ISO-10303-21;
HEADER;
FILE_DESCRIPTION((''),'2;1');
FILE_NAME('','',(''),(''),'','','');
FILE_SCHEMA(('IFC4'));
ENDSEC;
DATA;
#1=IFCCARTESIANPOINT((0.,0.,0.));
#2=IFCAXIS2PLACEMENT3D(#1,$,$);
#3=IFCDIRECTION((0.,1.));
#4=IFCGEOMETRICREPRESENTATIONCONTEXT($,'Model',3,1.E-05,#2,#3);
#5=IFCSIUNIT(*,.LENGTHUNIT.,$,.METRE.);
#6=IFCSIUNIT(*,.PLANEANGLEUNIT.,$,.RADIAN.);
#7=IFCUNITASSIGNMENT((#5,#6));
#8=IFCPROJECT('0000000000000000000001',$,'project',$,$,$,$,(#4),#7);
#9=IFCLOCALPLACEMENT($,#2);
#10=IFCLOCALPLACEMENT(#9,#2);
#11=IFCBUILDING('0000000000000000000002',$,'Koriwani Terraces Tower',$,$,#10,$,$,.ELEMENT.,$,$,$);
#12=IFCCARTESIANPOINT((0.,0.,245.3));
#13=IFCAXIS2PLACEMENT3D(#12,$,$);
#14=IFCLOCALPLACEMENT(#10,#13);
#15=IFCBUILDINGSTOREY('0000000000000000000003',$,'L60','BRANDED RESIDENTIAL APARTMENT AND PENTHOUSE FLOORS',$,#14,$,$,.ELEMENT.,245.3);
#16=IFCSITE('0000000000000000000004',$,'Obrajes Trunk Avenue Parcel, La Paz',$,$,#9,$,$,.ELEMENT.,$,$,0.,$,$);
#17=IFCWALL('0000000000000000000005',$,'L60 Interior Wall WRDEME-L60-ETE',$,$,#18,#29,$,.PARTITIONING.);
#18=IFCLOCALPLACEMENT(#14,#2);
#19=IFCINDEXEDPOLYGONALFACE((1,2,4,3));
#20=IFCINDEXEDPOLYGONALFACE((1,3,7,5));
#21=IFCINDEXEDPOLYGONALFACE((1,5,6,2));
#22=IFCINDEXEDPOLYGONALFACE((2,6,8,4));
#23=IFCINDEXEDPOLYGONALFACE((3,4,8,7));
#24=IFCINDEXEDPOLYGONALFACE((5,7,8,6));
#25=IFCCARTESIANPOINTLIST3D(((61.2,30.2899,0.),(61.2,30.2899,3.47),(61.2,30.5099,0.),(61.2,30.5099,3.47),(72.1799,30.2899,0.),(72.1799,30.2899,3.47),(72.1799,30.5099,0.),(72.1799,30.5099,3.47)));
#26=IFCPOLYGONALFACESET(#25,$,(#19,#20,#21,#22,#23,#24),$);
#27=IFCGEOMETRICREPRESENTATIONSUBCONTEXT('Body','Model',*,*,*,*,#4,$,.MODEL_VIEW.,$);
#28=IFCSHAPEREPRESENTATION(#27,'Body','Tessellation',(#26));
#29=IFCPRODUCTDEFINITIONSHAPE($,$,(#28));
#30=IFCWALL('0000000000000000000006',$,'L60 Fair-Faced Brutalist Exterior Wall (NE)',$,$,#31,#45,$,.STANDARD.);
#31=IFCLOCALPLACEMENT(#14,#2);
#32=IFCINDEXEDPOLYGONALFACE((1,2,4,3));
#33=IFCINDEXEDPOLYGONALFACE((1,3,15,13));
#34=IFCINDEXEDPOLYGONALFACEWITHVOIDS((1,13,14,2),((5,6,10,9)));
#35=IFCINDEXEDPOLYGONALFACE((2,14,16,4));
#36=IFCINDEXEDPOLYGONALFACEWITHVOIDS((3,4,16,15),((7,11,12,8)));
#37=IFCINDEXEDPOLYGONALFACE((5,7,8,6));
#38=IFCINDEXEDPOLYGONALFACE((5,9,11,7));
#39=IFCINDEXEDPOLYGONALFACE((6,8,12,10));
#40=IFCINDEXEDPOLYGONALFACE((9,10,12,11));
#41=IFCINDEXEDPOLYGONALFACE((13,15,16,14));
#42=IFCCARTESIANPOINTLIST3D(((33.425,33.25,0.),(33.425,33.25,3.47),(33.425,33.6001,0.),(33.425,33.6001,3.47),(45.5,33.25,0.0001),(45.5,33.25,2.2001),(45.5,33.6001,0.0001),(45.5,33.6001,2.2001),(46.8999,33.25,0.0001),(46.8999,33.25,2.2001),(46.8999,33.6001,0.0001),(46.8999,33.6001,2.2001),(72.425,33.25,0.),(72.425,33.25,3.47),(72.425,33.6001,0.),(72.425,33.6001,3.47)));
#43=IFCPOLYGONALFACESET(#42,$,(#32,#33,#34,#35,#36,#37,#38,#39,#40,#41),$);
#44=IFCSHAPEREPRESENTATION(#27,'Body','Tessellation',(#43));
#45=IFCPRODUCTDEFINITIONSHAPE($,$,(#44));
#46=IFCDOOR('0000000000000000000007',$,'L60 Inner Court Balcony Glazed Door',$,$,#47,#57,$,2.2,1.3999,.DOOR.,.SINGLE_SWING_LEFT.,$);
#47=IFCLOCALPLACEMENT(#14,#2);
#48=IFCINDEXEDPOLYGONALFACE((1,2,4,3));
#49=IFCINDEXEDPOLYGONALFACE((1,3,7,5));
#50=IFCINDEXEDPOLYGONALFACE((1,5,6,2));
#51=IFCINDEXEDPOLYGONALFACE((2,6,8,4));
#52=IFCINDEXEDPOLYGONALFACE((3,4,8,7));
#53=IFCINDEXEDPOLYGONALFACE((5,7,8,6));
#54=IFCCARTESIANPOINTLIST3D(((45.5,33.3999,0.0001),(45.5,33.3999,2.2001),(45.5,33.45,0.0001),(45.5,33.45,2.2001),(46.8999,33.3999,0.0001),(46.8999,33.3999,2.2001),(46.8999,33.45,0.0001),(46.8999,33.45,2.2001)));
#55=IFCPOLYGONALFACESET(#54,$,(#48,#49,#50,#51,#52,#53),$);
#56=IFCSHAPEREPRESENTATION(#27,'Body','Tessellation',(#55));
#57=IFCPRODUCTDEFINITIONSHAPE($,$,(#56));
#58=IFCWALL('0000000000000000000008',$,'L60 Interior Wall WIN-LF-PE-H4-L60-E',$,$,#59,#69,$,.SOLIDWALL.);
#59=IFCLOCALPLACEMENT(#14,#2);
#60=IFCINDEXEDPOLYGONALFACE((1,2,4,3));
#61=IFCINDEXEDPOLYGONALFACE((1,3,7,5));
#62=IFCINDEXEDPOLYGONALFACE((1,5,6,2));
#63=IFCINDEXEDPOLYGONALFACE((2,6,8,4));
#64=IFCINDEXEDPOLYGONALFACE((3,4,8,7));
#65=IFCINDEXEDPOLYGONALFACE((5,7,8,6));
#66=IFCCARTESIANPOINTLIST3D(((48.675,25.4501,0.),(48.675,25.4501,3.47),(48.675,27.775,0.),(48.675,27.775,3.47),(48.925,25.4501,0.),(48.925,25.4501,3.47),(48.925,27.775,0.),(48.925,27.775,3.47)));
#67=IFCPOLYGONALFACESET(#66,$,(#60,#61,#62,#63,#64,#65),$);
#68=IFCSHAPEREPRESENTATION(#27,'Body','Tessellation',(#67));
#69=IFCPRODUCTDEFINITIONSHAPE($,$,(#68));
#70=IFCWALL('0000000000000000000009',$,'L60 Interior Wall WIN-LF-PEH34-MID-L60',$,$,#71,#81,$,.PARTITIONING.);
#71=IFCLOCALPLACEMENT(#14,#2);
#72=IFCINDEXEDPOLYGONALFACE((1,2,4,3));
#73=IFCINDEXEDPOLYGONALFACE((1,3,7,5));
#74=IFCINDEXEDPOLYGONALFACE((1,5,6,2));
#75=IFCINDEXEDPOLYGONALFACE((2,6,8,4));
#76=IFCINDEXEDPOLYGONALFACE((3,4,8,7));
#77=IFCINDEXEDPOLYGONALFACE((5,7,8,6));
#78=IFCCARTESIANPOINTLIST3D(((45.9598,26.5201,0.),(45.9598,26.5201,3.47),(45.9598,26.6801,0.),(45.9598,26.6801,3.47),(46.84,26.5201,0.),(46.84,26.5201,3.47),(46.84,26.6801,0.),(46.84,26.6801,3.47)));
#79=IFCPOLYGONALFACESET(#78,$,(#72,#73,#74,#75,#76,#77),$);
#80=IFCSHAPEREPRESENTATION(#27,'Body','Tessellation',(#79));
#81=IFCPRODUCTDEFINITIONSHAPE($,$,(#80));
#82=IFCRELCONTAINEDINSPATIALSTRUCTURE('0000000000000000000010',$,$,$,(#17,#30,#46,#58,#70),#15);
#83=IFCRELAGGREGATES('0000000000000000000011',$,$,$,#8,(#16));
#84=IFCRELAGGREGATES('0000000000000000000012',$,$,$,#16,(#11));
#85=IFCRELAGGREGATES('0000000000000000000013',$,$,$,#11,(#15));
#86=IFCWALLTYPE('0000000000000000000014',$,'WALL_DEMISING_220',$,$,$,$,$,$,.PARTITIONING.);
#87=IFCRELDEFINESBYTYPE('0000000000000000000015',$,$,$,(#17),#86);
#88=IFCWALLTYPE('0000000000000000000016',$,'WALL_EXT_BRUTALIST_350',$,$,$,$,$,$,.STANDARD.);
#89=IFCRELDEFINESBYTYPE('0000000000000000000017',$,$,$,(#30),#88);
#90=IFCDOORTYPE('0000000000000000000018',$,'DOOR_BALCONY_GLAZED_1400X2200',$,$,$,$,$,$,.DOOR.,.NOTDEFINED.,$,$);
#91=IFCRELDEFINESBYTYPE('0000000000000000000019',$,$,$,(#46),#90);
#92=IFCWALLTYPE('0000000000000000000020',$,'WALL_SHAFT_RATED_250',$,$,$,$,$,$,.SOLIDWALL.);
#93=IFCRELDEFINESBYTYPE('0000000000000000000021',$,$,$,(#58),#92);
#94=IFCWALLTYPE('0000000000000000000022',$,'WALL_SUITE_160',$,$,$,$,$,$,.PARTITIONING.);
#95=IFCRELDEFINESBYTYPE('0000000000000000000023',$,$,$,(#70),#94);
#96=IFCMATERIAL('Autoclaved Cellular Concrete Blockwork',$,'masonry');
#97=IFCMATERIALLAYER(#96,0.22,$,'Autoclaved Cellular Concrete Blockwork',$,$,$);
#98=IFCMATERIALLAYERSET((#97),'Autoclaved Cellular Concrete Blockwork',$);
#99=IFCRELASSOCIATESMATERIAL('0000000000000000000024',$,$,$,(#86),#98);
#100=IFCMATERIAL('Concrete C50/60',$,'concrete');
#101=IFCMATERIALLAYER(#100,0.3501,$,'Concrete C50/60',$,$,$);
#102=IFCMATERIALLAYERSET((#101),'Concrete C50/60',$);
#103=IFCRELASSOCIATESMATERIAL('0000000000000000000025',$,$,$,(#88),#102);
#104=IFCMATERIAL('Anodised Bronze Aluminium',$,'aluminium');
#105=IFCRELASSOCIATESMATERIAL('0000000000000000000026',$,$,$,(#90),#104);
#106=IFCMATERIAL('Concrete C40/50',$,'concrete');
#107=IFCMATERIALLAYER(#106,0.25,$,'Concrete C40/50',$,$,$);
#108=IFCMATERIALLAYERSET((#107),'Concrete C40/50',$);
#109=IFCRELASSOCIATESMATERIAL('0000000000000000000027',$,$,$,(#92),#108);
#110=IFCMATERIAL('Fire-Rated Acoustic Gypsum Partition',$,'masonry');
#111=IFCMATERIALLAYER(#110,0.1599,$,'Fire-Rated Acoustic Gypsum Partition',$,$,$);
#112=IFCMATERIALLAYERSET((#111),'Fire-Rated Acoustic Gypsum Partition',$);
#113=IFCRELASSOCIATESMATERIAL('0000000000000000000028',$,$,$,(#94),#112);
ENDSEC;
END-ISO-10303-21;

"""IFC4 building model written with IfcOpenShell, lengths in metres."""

from ifc_helpers import new_model, si_unit, direction, frame, frame_2d, origin, place, context, subcontext, project, spatial, rectangle, extrude, material, layer, layer_set, type_object, element, fill, save


model = new_model("IFC4")

# Units and contexts
model_context = context("Model", 3, precision=1e-05, world=origin(), true_north=direction((0.0, 1.0)))
body_context = subcontext(model_context, "Body", "Model", "MODEL_VIEW")
ifc_project = project(units=[si_unit("LENGTHUNIT", "METRE"), si_unit("PLANEANGLEUNIT", "RADIAN")], contexts=[model_context])

# Site, building, storey
site_placement = place(None, origin())
site = spatial("IfcSite", under=ifc_project, at=site_placement, Name="Obrajes Trunk Avenue Parcel, La Paz", CompositionType="ELEMENT", RefElevation=0.0)
building_placement = place(site_placement, origin())
building = spatial("IfcBuilding", under=site, at=building_placement, Name="Koriwani Terraces Tower", CompositionType="ELEMENT")
storey_placement = place(building_placement, frame((0.0, 0.0, 245.3)))
storey = spatial("IfcBuildingStorey", under=building, at=storey_placement, Name="L60", Description="BRANDED RESIDENTIAL APARTMENT AND PENTHOUSE FLOORS", CompositionType="ELEMENT", Elevation=245.3)

# Shared definitions
ifc_material_1 = material(Name="Concrete C50/60", Category="concrete")

# Shared definitions
ifc_material_2 = material(Name="Concrete C40/50", Category="concrete")

# Wall
ifc_material_3 = material(Name="Autoclaved Cellular Concrete Blockwork", Category="masonry")
ifc_layer_1 = layer(ifc_material_3, 0.22, Name="Autoclaved Cellular Concrete Blockwork")
ifc_layer_set_1 = layer_set([ifc_layer_1], Name="Autoclaved Cellular Concrete Blockwork")
wall_type_1 = type_object("IfcWallType", Name="WALL_DEMISING_220", PredefinedType="PARTITIONING", material=ifc_layer_set_1)
wall_1_placement = place(storey_placement, frame((61.2, 30.3999, 0.0), z_axis=(0.0, 0.0, 1.0), x_axis=(1.0, 0.0, 0.0)))
element("IfcWall", 1, at=wall_1_placement, inside=storey, type_object=wall_type_1, Name="L60 Interior Wall WRDEME-L60-ETE", PredefinedType="PARTITIONING", context=body_context, shape_type="SweptSolid", body=[
    extrude(rectangle(XDim=10.98, YDim=0.22, at=frame_2d((5.49, 0.0))), origin(), (0.0, 0.0, 1.0), 3.47),
])

# Wall, opening, door
ifc_layer_2 = layer(ifc_material_1, 0.3501, Name="Concrete C50/60")
ifc_layer_set_2 = layer_set([ifc_layer_2], Name="Concrete C50/60")
wall_type_2 = type_object("IfcWallType", Name="WALL_EXT_BRUTALIST_350", PredefinedType="STANDARD", material=ifc_layer_set_2)
wall_2_placement = place(storey_placement, frame((33.425, 33.425, 0.0), z_axis=(0.0, 0.0, 1.0), x_axis=(1.0, 0.0, 0.0)))
wall_2 = element("IfcWall", 2, at=wall_2_placement, inside=storey, type_object=wall_type_2, Name="L60 Fair-Faced Brutalist Exterior Wall (NE)", PredefinedType="STANDARD", context=body_context, shape_type="SweptSolid", body=[
    extrude(rectangle(XDim=39.0, YDim=0.3501, at=frame_2d((19.5, 0.0))), origin(), (0.0, 0.0, 1.0), 3.47),
])
opening_1_placement = place(wall_2_placement, frame((12.075, 0.0, 0.0)))
opening_1 = element("IfcOpeningElement", 3, at=opening_1_placement, cuts=wall_2, PredefinedType="OPENING", context=body_context, shape_type="SweptSolid", body=[
    extrude(rectangle(XDim=1.3999, YDim=2.2, at=frame_2d((0.7, 1.1001))), frame((0.0, 0.1851, 0.0), z_axis=(0.0, -1.0, 0.0), x_axis=(1.0, 0.0, 0.0)), (0.0, 0.0, 1.0), 0.3701),
])
ifc_material_4 = material(Name="Anodised Bronze Aluminium", Category="aluminium")
door_type_1 = type_object("IfcDoorType", Name="DOOR_BALCONY_GLAZED_1400X2200", OperationType="NOTDEFINED", PredefinedType="DOOR", material=ifc_material_4)
door_1_placement = place(opening_1_placement, origin())
door_1 = element("IfcDoor", 4, at=door_1_placement, inside=storey, type_object=door_type_1, Name="L60 Inner Court Balcony Glazed Door", OperationType="SINGLE_SWING_LEFT", OverallHeight=2.2, OverallWidth=1.3999, PredefinedType="DOOR", context=body_context, shape_type="SweptSolid", body=[
    extrude(rectangle(XDim=1.3999, YDim=2.2, at=frame_2d((0.7, 1.1001))), frame((0.0, 0.0249, 0.0), z_axis=(0.0, -1.0, 0.0), x_axis=(1.0, 0.0, 0.0)), (0.0, 0.0, 1.0), 0.05),
])
fill(opening_1, door_1)
ifc_layer_3 = layer(ifc_material_2, 0.25, Name="Concrete C40/50")
ifc_layer_set_3 = layer_set([ifc_layer_3], Name="Concrete C40/50")
wall_type_3 = type_object("IfcWallType", Name="WALL_SHAFT_RATED_250", PredefinedType="SOLIDWALL", material=ifc_layer_set_3)

# Walls
wall_3_placement = place(storey_placement, frame((48.8, 25.45, 0.0), z_axis=(0.0, 0.0, 1.0), x_axis=(0.0, 1.0, 0.0)))
element("IfcWall", 5, at=wall_3_placement, inside=storey, type_object=wall_type_3, Name="L60 Interior Wall WIN-LF-PE-H4-L60-E", PredefinedType="SOLIDWALL", context=body_context, shape_type="SweptSolid", body=[
    extrude(rectangle(XDim=2.325, YDim=0.25, at=frame_2d((1.1626, 0.0))), origin(), (0.0, 0.0, 1.0), 3.47),
])
ifc_material_5 = material(Name="Fire-Rated Acoustic Gypsum Partition", Category="masonry")
ifc_layer_4 = layer(ifc_material_5, 0.1599, Name="Fire-Rated Acoustic Gypsum Partition")
ifc_layer_set_4 = layer_set([ifc_layer_4], Name="Fire-Rated Acoustic Gypsum Partition")
wall_type_4 = type_object("IfcWallType", Name="WALL_SUITE_160", PredefinedType="PARTITIONING", material=ifc_layer_set_4)
wall_4_placement = place(storey_placement, frame((45.96, 26.6001, 0.0), z_axis=(0.0, 0.0, 1.0), x_axis=(1.0, 0.0, 0.0)))
element("IfcWall", 6, at=wall_4_placement, inside=storey, type_object=wall_type_4, Name="L60 Interior Wall WIN-LF-PEH34-MID-L60", PredefinedType="PARTITIONING", context=body_context, shape_type="SweptSolid", body=[
    extrude(rectangle(XDim=0.8801, YDim=0.1599, at=frame_2d((0.4399, 0.0))), origin(), (0.0, 0.0, 1.0), 3.47),
])

save(model, "model.ifc")
